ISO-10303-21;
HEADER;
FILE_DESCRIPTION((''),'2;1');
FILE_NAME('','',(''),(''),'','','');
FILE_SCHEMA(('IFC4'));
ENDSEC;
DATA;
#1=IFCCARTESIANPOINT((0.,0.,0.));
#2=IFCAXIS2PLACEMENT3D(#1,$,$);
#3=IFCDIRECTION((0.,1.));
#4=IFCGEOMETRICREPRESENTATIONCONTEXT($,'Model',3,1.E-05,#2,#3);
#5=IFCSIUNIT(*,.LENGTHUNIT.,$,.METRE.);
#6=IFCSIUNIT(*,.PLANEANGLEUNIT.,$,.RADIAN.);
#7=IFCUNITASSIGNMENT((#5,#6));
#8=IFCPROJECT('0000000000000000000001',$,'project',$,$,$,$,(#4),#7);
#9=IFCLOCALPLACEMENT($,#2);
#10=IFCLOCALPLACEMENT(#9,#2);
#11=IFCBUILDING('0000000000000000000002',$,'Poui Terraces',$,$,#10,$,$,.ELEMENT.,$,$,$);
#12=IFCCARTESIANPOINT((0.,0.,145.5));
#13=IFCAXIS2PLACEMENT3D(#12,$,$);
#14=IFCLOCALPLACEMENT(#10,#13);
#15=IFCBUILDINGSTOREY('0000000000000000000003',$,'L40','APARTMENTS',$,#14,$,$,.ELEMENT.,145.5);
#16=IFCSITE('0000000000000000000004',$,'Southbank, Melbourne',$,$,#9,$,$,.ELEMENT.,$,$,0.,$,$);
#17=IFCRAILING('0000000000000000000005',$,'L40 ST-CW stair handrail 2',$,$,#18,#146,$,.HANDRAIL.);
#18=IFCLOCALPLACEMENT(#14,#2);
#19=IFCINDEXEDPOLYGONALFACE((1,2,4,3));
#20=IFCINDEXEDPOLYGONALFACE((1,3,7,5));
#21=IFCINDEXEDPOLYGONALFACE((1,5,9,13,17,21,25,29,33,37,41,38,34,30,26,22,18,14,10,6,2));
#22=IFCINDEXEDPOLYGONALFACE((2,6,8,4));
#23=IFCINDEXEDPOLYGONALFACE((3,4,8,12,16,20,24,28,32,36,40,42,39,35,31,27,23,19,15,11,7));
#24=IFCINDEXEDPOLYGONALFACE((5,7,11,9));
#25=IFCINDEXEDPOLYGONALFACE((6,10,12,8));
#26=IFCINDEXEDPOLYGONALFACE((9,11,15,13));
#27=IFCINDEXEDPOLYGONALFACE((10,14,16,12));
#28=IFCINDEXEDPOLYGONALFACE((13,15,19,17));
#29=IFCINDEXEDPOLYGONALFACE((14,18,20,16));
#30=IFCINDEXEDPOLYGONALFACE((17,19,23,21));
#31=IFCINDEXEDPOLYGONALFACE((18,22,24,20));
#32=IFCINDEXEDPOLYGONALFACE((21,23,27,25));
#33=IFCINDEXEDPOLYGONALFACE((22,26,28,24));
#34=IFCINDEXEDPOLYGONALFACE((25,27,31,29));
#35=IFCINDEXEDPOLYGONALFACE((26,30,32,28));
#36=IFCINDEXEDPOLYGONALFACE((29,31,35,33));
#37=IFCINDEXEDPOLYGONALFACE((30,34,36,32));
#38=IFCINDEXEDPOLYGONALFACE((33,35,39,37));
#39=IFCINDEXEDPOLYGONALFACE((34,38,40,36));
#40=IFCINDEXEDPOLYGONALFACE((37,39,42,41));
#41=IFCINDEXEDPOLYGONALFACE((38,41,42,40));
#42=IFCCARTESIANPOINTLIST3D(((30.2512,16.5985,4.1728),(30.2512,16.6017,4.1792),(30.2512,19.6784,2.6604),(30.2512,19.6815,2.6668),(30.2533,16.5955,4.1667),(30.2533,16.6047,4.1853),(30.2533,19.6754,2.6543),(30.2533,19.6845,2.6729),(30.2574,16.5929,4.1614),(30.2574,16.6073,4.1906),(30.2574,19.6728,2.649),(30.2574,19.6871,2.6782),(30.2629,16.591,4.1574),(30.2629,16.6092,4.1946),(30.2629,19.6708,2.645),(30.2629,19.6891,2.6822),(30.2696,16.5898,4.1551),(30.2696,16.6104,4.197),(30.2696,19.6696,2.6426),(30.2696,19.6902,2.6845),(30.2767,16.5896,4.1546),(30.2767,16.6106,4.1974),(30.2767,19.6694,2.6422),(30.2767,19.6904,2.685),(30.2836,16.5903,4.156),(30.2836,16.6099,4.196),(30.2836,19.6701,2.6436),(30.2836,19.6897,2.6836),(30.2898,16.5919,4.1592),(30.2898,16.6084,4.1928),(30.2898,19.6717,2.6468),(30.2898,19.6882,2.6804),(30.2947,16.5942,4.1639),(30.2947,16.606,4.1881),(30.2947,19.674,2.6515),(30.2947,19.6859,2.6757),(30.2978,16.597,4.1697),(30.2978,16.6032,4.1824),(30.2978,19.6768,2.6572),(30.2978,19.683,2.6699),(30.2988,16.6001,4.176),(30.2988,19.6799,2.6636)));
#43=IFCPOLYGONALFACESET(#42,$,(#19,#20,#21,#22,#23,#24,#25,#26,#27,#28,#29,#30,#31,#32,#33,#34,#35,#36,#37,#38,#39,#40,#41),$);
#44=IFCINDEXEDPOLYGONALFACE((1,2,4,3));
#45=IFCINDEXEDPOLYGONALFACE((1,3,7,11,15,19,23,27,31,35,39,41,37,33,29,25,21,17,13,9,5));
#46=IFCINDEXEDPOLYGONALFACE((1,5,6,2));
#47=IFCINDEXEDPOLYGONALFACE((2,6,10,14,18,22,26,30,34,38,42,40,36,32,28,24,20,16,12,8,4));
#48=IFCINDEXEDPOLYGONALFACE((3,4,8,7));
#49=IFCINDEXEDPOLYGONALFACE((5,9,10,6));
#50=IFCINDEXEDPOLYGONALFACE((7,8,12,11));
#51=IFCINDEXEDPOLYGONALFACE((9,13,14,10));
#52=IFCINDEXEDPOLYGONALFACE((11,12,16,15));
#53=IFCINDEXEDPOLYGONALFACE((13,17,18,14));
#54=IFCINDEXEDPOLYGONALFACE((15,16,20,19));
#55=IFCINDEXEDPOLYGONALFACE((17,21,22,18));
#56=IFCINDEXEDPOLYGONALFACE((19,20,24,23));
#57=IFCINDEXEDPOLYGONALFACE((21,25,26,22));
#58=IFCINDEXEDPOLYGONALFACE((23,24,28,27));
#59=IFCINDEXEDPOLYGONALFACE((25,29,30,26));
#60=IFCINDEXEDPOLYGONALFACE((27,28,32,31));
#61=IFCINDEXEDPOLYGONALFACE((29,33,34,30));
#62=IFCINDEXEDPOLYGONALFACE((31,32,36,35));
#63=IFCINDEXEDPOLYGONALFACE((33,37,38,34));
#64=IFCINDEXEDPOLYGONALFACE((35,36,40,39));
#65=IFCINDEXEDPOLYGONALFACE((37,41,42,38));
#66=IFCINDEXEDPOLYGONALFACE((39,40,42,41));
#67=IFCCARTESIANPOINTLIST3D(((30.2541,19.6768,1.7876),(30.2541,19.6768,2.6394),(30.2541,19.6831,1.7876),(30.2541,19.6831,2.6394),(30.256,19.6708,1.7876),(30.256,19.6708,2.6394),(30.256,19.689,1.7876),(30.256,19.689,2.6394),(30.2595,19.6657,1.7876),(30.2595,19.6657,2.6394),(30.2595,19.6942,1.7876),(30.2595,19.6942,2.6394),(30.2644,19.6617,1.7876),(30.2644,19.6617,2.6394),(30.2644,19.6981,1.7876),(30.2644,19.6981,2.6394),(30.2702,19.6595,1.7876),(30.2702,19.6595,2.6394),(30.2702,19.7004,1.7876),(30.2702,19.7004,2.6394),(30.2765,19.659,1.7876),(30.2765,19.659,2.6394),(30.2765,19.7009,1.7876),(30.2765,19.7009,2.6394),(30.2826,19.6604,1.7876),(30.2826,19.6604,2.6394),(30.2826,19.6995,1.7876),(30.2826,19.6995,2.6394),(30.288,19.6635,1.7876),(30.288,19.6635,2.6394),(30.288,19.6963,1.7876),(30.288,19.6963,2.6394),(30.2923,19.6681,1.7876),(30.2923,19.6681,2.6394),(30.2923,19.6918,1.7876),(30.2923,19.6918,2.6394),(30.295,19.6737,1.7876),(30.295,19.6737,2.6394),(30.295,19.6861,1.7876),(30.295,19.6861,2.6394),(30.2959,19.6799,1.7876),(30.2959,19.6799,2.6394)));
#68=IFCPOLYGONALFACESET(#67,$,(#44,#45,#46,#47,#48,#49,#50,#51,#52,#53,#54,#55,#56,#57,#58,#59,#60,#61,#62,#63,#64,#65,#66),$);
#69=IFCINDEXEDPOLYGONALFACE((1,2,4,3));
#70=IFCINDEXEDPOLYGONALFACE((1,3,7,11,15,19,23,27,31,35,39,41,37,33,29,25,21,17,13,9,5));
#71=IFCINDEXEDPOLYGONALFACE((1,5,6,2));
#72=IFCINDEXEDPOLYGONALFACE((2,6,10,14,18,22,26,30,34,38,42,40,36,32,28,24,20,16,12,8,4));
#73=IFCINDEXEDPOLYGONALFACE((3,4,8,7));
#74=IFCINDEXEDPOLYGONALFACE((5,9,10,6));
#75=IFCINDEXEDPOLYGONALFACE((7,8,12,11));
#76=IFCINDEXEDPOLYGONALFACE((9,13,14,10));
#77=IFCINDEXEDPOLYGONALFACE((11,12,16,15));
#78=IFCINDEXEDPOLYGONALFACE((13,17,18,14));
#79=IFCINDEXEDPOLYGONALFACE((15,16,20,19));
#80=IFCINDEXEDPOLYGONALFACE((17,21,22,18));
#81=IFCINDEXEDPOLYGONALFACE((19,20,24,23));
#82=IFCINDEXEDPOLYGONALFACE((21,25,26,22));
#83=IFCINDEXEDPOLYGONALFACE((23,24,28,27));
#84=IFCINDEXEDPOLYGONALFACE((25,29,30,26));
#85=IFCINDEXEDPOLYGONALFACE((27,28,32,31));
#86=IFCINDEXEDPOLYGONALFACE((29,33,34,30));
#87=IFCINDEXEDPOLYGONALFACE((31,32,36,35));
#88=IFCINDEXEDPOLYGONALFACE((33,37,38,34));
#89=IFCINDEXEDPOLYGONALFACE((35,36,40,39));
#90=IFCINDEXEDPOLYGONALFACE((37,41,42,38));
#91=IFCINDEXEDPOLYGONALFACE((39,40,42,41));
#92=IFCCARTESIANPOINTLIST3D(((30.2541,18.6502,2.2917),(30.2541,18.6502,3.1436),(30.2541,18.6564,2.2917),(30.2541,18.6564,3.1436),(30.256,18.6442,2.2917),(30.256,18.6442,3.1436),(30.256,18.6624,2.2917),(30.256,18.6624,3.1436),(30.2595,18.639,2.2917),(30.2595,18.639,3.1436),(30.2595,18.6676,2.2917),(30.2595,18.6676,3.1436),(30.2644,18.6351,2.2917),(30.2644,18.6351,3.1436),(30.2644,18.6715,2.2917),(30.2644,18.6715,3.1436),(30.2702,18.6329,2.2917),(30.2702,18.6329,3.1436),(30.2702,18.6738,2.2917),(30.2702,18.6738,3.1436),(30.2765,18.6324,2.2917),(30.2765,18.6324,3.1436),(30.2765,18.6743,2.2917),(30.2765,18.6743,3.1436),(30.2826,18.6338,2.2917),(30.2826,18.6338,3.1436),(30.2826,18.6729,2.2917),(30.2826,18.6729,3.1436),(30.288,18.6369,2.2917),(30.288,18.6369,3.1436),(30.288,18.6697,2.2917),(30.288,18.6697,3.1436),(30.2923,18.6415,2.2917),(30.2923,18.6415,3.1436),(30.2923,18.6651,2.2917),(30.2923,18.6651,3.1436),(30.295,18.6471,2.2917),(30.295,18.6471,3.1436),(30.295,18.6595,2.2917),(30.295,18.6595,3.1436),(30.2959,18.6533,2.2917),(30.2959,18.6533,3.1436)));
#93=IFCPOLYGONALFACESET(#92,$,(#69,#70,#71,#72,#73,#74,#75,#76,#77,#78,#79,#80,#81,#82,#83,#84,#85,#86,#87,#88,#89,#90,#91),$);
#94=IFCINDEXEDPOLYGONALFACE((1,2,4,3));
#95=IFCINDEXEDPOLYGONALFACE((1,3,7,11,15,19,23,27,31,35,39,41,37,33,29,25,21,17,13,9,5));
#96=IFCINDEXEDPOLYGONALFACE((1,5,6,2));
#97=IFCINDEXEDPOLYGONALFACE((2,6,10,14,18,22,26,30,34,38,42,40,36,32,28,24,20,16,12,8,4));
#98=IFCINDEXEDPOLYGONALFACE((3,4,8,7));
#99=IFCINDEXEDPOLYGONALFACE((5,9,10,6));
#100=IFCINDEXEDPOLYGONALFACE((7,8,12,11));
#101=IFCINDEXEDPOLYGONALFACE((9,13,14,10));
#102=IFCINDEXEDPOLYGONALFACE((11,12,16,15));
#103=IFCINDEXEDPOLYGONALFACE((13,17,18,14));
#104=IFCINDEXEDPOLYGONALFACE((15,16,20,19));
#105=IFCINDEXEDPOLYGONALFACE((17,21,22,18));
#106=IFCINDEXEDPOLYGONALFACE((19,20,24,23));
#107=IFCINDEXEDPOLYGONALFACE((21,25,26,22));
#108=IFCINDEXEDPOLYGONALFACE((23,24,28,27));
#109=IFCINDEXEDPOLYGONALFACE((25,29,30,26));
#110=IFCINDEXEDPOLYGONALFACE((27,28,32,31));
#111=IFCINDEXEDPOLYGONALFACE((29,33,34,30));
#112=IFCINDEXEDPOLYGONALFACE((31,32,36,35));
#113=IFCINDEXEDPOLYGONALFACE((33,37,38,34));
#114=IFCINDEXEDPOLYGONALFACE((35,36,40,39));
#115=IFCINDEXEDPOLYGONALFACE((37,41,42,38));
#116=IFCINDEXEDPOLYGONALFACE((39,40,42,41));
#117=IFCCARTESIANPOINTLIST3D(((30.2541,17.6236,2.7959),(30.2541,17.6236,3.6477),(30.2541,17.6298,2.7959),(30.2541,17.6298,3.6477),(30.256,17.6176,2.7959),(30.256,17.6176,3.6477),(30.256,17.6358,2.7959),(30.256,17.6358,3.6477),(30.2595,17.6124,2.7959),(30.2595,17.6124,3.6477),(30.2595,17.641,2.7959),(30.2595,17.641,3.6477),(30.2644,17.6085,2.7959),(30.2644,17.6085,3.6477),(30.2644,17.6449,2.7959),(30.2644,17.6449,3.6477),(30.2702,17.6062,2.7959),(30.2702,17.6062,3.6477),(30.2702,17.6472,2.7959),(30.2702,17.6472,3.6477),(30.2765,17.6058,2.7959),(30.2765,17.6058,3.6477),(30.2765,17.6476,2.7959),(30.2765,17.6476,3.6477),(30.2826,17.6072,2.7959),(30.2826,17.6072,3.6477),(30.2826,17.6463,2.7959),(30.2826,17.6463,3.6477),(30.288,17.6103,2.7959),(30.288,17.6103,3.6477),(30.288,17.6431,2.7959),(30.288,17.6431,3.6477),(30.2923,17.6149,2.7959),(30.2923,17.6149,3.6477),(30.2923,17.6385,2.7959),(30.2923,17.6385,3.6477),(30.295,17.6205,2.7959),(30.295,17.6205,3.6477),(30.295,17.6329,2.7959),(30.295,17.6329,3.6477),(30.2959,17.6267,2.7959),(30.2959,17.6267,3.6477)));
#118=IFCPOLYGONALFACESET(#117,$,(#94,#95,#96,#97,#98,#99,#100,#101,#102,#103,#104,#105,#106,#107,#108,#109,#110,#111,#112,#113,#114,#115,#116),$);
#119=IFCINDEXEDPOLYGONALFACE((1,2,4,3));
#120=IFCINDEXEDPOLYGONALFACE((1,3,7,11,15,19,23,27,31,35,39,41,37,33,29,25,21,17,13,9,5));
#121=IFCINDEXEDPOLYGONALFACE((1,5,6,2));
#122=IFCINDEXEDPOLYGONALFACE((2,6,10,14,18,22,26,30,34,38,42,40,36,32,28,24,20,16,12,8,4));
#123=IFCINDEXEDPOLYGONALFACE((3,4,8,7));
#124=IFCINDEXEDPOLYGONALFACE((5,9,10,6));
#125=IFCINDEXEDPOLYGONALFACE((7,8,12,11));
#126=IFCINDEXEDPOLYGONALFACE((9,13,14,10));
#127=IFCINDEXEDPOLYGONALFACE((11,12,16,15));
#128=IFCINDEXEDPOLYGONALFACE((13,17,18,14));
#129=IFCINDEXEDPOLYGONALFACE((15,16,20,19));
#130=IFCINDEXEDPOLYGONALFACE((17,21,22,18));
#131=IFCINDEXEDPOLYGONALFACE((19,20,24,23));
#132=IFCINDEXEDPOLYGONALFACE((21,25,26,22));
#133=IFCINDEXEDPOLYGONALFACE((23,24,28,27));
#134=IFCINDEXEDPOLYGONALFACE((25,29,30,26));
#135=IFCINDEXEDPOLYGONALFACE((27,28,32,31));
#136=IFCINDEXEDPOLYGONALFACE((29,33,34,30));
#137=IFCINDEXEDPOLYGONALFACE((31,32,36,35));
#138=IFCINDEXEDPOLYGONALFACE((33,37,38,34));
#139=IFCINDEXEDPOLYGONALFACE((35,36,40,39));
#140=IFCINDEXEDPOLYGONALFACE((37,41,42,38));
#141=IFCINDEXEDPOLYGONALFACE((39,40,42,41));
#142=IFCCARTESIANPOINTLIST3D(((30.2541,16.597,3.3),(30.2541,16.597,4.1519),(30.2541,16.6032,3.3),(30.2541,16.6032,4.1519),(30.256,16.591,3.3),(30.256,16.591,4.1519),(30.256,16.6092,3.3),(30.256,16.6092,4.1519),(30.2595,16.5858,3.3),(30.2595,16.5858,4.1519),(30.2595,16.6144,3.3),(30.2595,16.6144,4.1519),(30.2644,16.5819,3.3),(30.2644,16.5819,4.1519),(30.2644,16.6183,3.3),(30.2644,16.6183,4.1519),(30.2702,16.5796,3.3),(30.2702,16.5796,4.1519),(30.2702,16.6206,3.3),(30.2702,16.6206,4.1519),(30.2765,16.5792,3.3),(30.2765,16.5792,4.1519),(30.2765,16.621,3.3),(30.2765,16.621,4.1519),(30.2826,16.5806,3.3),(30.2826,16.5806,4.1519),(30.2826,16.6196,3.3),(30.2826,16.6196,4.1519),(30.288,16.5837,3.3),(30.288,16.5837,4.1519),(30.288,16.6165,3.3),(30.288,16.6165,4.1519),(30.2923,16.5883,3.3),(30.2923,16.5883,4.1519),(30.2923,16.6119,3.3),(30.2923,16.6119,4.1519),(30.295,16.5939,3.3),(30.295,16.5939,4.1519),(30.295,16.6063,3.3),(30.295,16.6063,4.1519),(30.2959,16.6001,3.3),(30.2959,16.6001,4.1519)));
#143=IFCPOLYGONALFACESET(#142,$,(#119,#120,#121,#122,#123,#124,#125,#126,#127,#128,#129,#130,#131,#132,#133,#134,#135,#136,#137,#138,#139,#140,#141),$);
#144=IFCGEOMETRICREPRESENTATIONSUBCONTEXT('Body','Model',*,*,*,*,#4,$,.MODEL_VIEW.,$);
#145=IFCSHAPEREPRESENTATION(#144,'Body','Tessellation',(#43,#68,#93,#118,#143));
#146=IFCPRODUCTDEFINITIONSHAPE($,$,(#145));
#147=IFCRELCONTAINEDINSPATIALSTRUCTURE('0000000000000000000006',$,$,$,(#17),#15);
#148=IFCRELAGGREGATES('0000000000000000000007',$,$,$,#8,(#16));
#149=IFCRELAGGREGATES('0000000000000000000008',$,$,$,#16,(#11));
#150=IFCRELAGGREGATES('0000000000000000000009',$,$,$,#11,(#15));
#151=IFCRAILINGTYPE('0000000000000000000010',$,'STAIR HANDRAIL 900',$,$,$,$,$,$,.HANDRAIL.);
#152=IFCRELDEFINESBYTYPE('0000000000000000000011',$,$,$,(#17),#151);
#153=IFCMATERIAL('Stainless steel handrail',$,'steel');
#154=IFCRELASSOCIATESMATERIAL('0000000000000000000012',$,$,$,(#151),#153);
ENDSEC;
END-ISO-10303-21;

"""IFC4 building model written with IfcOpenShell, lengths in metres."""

from ifc_helpers import new_model, si_unit, direction, frame, origin, origin_2d, place, context, subcontext, project, spatial, circle, extrude, material, type_object, element, save


model = new_model("IFC4")

# Units and contexts
model_context = context("Model", 3, precision=1e-05, world=origin(), true_north=direction((0.0, 1.0)))
body_context = subcontext(model_context, "Body", "Model", "MODEL_VIEW")
ifc_project = project(units=[si_unit("LENGTHUNIT", "METRE"), si_unit("PLANEANGLEUNIT", "RADIAN")], contexts=[model_context])

# Site, building, storey
site_placement = place(None, origin())
site = spatial("IfcSite", under=ifc_project, at=site_placement, Name="Southbank, Melbourne", CompositionType="ELEMENT", RefElevation=0.0)
building_placement = place(site_placement, origin())
building = spatial("IfcBuilding", under=site, at=building_placement, Name="Poui Terraces", CompositionType="ELEMENT")
storey_placement = place(building_placement, frame((0.0, 0.0, 145.5)))
storey = spatial("IfcBuildingStorey", under=building, at=storey_placement, Name="L40", Description="APARTMENTS", CompositionType="ELEMENT", Elevation=145.5)

# Railing
ifc_material_1 = material(Name="Stainless steel handrail", Category="steel")
railing_type_1 = type_object("IfcRailingType", Name="STAIR HANDRAIL 900", PredefinedType="HANDRAIL", material=ifc_material_1)
railing_1_placement = place(storey_placement, frame((30.2749, 19.6799, 1.7876)))
element("IfcRailing", 1, at=railing_1_placement, inside=storey, type_object=railing_type_1, Name="L40 ST-CW stair handrail 2", PredefinedType="HANDRAIL", context=body_context, shape_type="SweptSolid", body=[
    extrude(circle(Radius=0.0239, at=origin_2d()), frame((0.0, 0.0, 0.876), z_axis=(0.0, -0.897606, 0.440798), x_axis=(1.0, 0.0, 0.0)), (0.0, 0.0, 1.0), 3.4312),
    extrude(circle(Radius=0.021, at=origin_2d()), origin(), (0.0, 0.0, 1.0), 0.8518),
    extrude(circle(Radius=0.021, at=origin_2d()), frame((0.0, -1.0266, 0.5042)), (0.0, 0.0, 1.0), 0.8518),
    extrude(circle(Radius=0.021, at=origin_2d()), frame((0.0, -2.0532, 1.0083)), (0.0, 0.0, 1.0), 0.8518),
    extrude(circle(Radius=0.021, at=origin_2d()), frame((0.0, -3.0798, 1.5125)), (0.0, 0.0, 1.0), 0.8518),
])

save(model, "model.ifc")
